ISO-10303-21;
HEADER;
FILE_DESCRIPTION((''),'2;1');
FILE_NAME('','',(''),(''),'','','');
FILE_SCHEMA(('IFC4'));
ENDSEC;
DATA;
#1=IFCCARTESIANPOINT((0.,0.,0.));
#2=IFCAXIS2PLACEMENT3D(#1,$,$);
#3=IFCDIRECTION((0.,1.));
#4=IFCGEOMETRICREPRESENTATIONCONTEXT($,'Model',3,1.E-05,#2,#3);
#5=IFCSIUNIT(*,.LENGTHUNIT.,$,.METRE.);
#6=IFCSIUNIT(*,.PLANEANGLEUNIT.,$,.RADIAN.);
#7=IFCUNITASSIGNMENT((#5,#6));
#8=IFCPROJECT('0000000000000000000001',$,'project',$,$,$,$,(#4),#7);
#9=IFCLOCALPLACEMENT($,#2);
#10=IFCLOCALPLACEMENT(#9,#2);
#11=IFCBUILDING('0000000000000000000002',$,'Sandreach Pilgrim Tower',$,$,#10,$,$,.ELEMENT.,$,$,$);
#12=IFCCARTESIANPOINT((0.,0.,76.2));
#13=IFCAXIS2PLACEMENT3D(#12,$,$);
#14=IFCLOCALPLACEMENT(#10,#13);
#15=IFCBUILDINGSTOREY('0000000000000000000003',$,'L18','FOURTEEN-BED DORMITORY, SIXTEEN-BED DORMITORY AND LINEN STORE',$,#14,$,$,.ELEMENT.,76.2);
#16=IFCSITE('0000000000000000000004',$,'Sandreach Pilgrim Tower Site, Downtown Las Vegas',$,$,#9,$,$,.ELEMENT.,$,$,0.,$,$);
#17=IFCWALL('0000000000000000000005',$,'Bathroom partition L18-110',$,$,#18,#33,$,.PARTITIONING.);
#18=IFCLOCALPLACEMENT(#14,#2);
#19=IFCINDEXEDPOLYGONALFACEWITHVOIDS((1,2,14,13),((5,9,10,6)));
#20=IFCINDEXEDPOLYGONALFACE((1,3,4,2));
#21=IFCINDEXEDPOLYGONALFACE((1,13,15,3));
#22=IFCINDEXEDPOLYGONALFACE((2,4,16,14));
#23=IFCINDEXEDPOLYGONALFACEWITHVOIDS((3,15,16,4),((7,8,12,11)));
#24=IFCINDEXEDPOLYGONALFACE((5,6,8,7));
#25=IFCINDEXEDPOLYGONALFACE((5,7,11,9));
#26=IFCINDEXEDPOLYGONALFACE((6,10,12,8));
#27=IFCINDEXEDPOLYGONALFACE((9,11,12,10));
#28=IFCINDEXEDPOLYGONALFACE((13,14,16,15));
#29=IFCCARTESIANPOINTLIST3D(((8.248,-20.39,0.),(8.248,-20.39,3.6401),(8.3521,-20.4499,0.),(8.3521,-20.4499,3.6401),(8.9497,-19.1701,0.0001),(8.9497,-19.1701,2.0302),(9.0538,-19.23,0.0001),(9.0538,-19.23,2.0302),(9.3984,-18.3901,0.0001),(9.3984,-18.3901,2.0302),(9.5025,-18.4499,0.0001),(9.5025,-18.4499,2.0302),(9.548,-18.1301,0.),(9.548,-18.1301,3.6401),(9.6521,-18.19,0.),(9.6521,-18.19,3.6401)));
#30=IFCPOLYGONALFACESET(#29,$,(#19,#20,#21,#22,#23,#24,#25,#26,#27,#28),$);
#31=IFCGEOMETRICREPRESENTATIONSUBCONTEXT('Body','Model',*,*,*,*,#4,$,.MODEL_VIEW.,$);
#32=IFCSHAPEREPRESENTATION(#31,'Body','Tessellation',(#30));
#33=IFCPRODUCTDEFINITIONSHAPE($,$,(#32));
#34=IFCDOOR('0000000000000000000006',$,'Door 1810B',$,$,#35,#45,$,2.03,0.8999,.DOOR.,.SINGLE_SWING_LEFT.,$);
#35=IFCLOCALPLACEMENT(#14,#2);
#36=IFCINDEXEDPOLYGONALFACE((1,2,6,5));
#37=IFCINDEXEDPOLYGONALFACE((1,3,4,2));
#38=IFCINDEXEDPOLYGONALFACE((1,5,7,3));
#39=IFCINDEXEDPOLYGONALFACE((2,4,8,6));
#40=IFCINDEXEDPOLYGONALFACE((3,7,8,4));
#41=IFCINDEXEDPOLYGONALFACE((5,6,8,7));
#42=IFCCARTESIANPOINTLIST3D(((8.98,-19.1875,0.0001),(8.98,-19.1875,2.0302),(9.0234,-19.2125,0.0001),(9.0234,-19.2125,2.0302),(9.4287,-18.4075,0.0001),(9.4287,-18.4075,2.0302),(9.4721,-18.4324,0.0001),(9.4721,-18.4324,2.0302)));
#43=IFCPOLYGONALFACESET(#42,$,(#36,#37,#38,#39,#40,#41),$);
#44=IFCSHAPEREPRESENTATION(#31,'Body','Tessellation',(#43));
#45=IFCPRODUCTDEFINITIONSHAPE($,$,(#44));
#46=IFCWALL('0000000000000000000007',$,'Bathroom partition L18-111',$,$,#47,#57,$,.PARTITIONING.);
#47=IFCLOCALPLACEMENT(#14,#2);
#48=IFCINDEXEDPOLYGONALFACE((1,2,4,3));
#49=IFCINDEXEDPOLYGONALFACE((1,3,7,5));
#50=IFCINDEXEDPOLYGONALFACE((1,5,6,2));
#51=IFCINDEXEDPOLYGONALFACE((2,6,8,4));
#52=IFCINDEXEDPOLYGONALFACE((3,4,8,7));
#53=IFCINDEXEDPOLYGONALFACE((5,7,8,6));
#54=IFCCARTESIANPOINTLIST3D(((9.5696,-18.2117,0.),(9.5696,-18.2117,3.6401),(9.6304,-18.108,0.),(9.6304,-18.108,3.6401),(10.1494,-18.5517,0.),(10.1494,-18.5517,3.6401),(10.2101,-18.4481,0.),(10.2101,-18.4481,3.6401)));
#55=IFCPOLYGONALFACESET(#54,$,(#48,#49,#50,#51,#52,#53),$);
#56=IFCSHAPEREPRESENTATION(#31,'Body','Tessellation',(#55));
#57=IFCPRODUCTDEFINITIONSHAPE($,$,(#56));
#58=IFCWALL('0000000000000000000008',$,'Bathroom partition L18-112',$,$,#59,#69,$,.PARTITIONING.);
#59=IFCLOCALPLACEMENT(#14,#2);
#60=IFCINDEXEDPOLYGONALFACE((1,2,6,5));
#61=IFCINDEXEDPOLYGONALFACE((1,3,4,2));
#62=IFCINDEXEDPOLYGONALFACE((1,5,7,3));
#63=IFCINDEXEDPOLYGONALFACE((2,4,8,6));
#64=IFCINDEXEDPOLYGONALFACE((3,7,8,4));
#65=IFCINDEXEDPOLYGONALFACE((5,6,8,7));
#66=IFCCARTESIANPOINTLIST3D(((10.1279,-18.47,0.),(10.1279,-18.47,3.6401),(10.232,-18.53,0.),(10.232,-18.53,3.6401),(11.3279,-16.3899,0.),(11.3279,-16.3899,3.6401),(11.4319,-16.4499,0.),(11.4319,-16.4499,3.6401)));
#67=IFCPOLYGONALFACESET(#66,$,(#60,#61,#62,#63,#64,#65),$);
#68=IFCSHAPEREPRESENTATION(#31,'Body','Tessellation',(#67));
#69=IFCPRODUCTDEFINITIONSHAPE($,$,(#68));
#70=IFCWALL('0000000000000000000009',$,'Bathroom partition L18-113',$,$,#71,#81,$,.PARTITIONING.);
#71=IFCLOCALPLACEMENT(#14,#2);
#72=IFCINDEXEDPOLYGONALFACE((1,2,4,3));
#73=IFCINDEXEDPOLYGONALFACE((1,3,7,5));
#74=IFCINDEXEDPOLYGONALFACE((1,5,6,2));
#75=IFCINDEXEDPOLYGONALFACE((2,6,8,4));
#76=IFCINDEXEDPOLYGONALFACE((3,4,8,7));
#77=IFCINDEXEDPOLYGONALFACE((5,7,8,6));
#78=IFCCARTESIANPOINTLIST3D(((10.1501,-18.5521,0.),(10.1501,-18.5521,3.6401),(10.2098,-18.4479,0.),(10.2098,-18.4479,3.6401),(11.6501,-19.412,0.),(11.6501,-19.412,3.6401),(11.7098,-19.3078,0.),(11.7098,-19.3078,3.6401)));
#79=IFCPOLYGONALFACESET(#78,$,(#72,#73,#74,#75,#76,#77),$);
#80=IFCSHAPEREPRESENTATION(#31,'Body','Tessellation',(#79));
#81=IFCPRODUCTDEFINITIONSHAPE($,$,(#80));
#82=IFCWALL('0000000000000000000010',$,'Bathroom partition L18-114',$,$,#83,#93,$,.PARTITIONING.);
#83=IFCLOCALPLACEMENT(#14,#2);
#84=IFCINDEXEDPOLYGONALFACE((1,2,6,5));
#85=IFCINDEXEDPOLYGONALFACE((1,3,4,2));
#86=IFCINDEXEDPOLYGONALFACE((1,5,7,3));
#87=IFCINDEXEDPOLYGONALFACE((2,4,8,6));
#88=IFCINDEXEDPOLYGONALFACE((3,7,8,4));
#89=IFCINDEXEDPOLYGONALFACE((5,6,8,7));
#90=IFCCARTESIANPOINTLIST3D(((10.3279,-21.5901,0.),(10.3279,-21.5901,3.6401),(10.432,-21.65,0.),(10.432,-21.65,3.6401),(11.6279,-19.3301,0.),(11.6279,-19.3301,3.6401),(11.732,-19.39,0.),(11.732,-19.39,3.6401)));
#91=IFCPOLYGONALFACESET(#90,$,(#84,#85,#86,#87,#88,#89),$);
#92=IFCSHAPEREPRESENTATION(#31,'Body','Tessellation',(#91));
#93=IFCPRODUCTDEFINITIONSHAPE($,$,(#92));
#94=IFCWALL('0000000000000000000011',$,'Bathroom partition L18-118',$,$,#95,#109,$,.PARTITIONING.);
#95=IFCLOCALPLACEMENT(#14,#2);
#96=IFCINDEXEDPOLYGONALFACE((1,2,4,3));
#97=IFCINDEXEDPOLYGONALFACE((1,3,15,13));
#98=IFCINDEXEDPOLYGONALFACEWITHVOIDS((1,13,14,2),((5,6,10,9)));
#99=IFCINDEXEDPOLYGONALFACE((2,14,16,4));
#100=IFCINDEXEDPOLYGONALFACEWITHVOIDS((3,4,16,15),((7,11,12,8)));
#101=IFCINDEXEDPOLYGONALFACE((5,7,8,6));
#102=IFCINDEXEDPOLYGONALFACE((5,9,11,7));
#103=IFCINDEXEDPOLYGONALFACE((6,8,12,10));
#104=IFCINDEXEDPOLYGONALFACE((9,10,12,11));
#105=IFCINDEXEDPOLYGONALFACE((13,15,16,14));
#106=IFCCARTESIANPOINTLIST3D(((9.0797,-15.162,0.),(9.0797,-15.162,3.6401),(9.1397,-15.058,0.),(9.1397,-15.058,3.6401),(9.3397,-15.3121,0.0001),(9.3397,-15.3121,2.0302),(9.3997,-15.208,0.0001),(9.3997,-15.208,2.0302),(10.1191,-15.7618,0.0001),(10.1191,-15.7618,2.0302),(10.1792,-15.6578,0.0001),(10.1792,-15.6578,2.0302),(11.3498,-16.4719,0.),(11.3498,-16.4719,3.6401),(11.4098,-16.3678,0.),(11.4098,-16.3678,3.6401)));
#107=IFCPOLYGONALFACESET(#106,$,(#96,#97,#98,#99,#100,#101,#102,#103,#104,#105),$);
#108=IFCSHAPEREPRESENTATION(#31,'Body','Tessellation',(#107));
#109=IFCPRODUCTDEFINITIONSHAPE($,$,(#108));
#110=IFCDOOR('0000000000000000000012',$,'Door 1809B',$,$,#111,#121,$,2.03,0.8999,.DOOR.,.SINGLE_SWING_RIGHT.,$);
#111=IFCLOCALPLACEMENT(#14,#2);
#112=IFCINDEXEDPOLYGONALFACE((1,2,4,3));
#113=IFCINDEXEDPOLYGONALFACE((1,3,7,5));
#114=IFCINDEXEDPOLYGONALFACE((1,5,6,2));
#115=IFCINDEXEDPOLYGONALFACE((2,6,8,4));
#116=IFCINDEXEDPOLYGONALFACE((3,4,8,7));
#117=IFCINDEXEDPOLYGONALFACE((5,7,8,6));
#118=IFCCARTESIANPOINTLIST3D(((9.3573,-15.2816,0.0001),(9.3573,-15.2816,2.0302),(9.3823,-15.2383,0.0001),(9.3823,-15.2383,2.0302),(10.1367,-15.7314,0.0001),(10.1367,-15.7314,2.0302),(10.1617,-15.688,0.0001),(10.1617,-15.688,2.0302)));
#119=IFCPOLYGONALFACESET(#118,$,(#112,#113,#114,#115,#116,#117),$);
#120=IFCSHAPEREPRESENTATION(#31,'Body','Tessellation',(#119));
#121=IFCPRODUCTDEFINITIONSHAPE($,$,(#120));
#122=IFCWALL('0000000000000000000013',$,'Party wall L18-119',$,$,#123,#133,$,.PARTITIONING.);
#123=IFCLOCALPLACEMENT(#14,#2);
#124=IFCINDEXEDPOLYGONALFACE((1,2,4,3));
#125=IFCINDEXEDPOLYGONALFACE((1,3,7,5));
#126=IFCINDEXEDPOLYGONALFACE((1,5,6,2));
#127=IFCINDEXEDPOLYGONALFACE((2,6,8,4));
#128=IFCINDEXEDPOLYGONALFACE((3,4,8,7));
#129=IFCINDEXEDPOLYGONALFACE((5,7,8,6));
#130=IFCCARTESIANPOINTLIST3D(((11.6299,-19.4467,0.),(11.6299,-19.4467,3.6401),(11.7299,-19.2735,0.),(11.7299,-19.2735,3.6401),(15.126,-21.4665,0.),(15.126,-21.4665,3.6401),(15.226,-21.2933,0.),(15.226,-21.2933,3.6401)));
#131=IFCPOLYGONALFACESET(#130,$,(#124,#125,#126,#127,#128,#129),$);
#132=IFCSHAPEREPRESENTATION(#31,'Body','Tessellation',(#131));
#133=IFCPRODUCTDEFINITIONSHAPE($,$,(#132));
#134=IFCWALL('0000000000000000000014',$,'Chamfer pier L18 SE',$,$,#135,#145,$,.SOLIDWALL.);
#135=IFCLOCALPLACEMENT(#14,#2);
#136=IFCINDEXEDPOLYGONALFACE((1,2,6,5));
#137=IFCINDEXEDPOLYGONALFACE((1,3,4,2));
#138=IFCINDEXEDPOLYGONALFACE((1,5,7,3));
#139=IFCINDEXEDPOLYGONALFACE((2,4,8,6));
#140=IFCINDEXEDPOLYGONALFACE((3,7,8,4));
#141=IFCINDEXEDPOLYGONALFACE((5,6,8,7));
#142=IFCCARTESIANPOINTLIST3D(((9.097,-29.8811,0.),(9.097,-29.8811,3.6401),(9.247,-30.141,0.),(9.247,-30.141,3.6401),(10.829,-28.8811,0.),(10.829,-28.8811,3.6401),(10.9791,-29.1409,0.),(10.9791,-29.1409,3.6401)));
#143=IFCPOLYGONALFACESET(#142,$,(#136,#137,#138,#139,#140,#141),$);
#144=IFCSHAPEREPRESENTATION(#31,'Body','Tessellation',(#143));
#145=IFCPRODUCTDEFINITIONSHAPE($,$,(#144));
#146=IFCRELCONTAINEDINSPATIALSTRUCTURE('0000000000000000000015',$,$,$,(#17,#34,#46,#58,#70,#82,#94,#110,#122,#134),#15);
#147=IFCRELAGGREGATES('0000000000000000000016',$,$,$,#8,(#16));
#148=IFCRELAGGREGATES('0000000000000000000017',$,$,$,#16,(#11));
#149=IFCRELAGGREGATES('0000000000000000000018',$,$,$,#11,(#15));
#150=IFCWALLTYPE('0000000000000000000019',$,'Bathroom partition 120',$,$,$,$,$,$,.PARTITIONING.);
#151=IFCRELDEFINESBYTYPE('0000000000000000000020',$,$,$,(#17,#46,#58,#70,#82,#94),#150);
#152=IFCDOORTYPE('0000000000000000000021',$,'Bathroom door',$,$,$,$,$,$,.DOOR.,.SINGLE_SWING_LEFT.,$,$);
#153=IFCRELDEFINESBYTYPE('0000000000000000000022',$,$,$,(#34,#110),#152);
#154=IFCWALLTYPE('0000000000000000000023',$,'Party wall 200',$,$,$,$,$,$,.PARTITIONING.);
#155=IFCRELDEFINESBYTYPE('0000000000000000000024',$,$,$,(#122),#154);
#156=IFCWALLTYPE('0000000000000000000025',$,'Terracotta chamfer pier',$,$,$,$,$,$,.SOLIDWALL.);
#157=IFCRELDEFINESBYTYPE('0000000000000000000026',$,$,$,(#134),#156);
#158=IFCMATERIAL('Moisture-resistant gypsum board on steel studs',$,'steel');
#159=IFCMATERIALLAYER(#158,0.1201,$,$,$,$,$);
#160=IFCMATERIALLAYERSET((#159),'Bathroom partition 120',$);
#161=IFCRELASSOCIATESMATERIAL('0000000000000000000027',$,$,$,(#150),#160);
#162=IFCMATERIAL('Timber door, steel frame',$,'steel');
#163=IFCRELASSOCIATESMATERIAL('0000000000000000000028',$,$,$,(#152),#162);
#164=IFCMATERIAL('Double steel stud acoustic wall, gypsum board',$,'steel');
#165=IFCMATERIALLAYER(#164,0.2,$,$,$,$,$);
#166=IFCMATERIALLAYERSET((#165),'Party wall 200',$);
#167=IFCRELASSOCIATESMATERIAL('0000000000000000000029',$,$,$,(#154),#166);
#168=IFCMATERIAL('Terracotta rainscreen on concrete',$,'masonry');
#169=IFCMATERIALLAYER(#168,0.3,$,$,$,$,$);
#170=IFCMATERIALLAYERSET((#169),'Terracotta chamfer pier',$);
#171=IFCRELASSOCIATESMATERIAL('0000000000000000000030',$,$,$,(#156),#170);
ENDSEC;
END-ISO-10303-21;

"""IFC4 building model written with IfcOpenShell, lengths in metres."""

from ifc_helpers import new_model, si_unit, direction, frame, frame_2d, origin, place, context, subcontext, project, spatial, rectangle, extrude, material, layer, layer_set, type_object, element, fill, save


model = new_model("IFC4")

# Units and contexts
model_context = context("Model", 3, precision=1e-05, world=origin(), true_north=direction((0.0, 1.0)))
body_context = subcontext(model_context, "Body", "Model", "MODEL_VIEW")
ifc_project = project(units=[si_unit("LENGTHUNIT", "METRE"), si_unit("PLANEANGLEUNIT", "RADIAN")], contexts=[model_context])

# Site, building, storey
site_placement = place(None, origin())
site = spatial("IfcSite", under=ifc_project, at=site_placement, Name="Sandreach Pilgrim Tower Site, Downtown Las Vegas", CompositionType="ELEMENT", RefElevation=0.0)
building_placement = place(site_placement, origin())
building = spatial("IfcBuilding", under=site, at=building_placement, Name="Sandreach Pilgrim Tower", CompositionType="ELEMENT")
storey_placement = place(building_placement, frame((0.0, 0.0, 76.2)))
storey = spatial("IfcBuildingStorey", under=building, at=storey_placement, Name="L18", Description="FOURTEEN-BED DORMITORY, SIXTEEN-BED DORMITORY AND LINEN STORE", CompositionType="ELEMENT", Elevation=76.2)

# Wall, opening, door
ifc_material_1 = material(Name="Moisture-resistant gypsum board on steel studs", Category="steel")
ifc_layer_1 = layer(ifc_material_1, 0.1201)
ifc_layer_set_1 = layer_set([ifc_layer_1], Name="Bathroom partition 120")
wall_type_1 = type_object("IfcWallType", Name="Bathroom partition 120", PredefinedType="PARTITIONING", material=ifc_layer_set_1)
wall_1_placement = place(storey_placement, frame((9.6001, -18.1599, 0.0), z_axis=(0.0, 0.0, 1.0), x_axis=(-0.498628, -0.866816, 0.0)))
wall_1 = element("IfcWall", 1, at=wall_1_placement, inside=storey, type_object=wall_type_1, Name="Bathroom partition L18-110", PredefinedType="PARTITIONING", context=body_context, shape_type="SweptSolid", body=[
    extrude(rectangle(XDim=2.6072, YDim=0.1201, at=frame_2d((1.3037, 0.0))), origin(), (0.0, 0.0, 1.0), 3.6401),
])
opening_1_placement = place(wall_1_placement, frame((0.3, 0.0, 0.0)))
opening_1 = element("IfcOpeningElement", 2, at=opening_1_placement, cuts=wall_1, PredefinedType="OPENING", context=body_context, shape_type="SweptSolid", body=[
    extrude(rectangle(XDim=0.8999, YDim=2.03, at=frame_2d((0.45, 1.0151))), frame((0.0, 0.0601, 0.0), z_axis=(0.0, -1.0, 0.0), x_axis=(1.0, 0.0, 0.0)), (0.0, 0.0, 1.0), 0.1201),
])
ifc_material_2 = material(Name="Timber door, steel frame", Category="steel")
door_type = type_object("IfcDoorType", Name="Bathroom door", OperationType="SINGLE_SWING_LEFT", PredefinedType="DOOR", material=ifc_material_2)
door_1_placement = place(opening_1_placement, origin())
door_1 = element("IfcDoor", 3, at=door_1_placement, inside=storey, type_object=door_type, Name="Door 1810B", OperationType="SINGLE_SWING_LEFT", OverallHeight=2.03, OverallWidth=0.8999, PredefinedType="DOOR", context=body_context, shape_type="SweptSolid", body=[
    extrude(rectangle(XDim=0.8999, YDim=2.03, at=frame_2d((0.45, 1.0151))), frame((0.0, 0.0249, 0.0), z_axis=(0.0, -1.0, 0.0), x_axis=(1.0, 0.0, 0.0)), (0.0, 0.0, 1.0), 0.05),
])
fill(opening_1, door_1)

# Walls
wall_2_placement = place(storey_placement, frame((9.6001, -18.1599, 0.0), z_axis=(0.0, 0.0, 1.0), x_axis=(0.862578, -0.505925, 0.0)))
element("IfcWall", 4, at=wall_2_placement, inside=storey, type_object=wall_type_1, Name="Bathroom partition L18-111", PredefinedType="PARTITIONING", context=body_context, shape_type="SweptSolid", body=[
    extrude(rectangle(XDim=0.6721, YDim=0.1201, at=frame_2d((0.3359, 0.0))), origin(), (0.0, 0.0, 1.0), 3.6401),
])
wall_3_placement = place(storey_placement, frame((10.1799, -18.5, 0.0), z_axis=(0.0, 0.0, 1.0), x_axis=(0.499693, 0.866203, 0.0)))
element("IfcWall", 5, at=wall_3_placement, inside=storey, type_object=wall_type_1, Name="Bathroom partition L18-112", PredefinedType="PARTITIONING", context=body_context, shape_type="SweptSolid", body=[
    extrude(rectangle(XDim=2.4014, YDim=0.1201, at=frame_2d((1.2007, 0.0))), origin(), (0.0, 0.0, 1.0), 3.6401),
])
wall_4_placement = place(storey_placement, frame((10.1799, -18.5, 0.0), z_axis=(0.0, 0.0, 1.0), x_axis=(0.867565, -0.497325, 0.0)))
element("IfcWall", 6, at=wall_4_placement, inside=storey, type_object=wall_type_1, Name="Bathroom partition L18-113", PredefinedType="PARTITIONING", context=body_context, shape_type="SweptSolid", body=[
    extrude(rectangle(XDim=1.729, YDim=0.1201, at=frame_2d((0.8645, 0.0))), origin(), (0.0, 0.0, 1.0), 3.6401),
])
wall_5_placement = place(storey_placement, frame((10.3799, -21.6201, 0.0), z_axis=(0.0, 0.0, 1.0), x_axis=(0.498628, 0.866816, 0.0)))
element("IfcWall", 7, at=wall_5_placement, inside=storey, type_object=wall_type_1, Name="Bathroom partition L18-114", PredefinedType="PARTITIONING", context=body_context, shape_type="SweptSolid", body=[
    extrude(rectangle(XDim=2.6072, YDim=0.1201, at=frame_2d((1.3037, 0.0))), origin(), (0.0, 0.0, 1.0), 3.6401),
])

# Wall, opening, door
wall_6_placement = place(storey_placement, frame((11.3799, -16.4199, 0.0), z_axis=(0.0, 0.0, 1.0), x_axis=(-0.866155, 0.499776, 0.0)))
wall_6 = element("IfcWall", 8, at=wall_6_placement, inside=storey, type_object=wall_type_1, Name="Bathroom partition L18-118", PredefinedType="PARTITIONING", context=body_context, shape_type="SweptSolid", body=[
    extrude(rectangle(XDim=2.6208, YDim=0.1201, at=frame_2d((1.3105, 0.0))), origin(), (0.0, 0.0, 1.0), 3.6401),
])
opening_2_placement = place(wall_6_placement, frame((1.4209, 0.0, 0.0)))
opening_2 = element("IfcOpeningElement", 9, at=opening_2_placement, cuts=wall_6, PredefinedType="OPENING", context=body_context, shape_type="SweptSolid", body=[
    extrude(rectangle(XDim=0.8999, YDim=2.03, at=frame_2d((0.45, 1.0151))), frame((0.0, 0.0601, 0.0), z_axis=(0.0, -1.0, 0.0), x_axis=(1.0, 0.0, 0.0)), (0.0, 0.0, 1.0), 0.1201),
])
door_2_placement = place(opening_2_placement, origin())
door_2 = element("IfcDoor", 10, at=door_2_placement, inside=storey, type_object=door_type, Name="Door 1809B", OperationType="SINGLE_SWING_RIGHT", OverallHeight=2.03, OverallWidth=0.8999, PredefinedType="DOOR", context=body_context, shape_type="SweptSolid", body=[
    extrude(rectangle(XDim=0.8999, YDim=2.03, at=frame_2d((0.45, 1.0151))), frame((0.0, 0.0249, 0.0), z_axis=(0.0, -1.0, 0.0), x_axis=(1.0, 0.0, 0.0)), (0.0, 0.0, 1.0), 0.05),
])
fill(opening_2, door_2)

# Walls
ifc_material_3 = material(Name="Double steel stud acoustic wall, gypsum board", Category="steel")
ifc_layer_2 = layer(ifc_material_3, 0.2)
ifc_layer_set_2 = layer_set([ifc_layer_2], Name="Party wall 200")
wall_type_2 = type_object("IfcWallType", Name="Party wall 200", PredefinedType="PARTITIONING", material=ifc_layer_set_2)
wall_7_placement = place(storey_placement, frame((11.6799, -19.3601, 0.0), z_axis=(0.0, 0.0, 1.0), x_axis=(0.865885, -0.500242, 0.0)))
element("IfcWall", 11, at=wall_7_placement, inside=storey, type_object=wall_type_2, Name="Party wall L18-119", PredefinedType="PARTITIONING", context=body_context, shape_type="SweptSolid", body=[
    extrude(rectangle(XDim=4.0376, YDim=0.2, at=frame_2d((2.0188, 0.0))), origin(), (0.0, 0.0, 1.0), 3.6401),
])
ifc_material_4 = material(Name="Terracotta rainscreen on concrete", Category="masonry")
ifc_layer_3 = layer(ifc_material_4, 0.3)
ifc_layer_set_3 = layer_set([ifc_layer_3], Name="Terracotta chamfer pier")
wall_type_3 = type_object("IfcWallType", Name="Terracotta chamfer pier", PredefinedType="SOLIDWALL", material=ifc_layer_set_3)
wall_8_placement = place(storey_placement, frame((10.9041, -29.011, 0.0), z_axis=(0.0, 0.0, 1.0), x_axis=(-0.866011, -0.500025, 0.0)))
element("IfcWall", 12, at=wall_8_placement, inside=storey, type_object=wall_type_3, Name="Chamfer pier L18 SE", PredefinedType="SOLIDWALL", context=body_context, shape_type="SweptSolid", body=[
    extrude(rectangle(XDim=2.0, YDim=0.3, at=frame_2d((1.0, 0.0))), origin(), (0.0, 0.0, 1.0), 3.6401),
])

save(model, "model.ifc")
